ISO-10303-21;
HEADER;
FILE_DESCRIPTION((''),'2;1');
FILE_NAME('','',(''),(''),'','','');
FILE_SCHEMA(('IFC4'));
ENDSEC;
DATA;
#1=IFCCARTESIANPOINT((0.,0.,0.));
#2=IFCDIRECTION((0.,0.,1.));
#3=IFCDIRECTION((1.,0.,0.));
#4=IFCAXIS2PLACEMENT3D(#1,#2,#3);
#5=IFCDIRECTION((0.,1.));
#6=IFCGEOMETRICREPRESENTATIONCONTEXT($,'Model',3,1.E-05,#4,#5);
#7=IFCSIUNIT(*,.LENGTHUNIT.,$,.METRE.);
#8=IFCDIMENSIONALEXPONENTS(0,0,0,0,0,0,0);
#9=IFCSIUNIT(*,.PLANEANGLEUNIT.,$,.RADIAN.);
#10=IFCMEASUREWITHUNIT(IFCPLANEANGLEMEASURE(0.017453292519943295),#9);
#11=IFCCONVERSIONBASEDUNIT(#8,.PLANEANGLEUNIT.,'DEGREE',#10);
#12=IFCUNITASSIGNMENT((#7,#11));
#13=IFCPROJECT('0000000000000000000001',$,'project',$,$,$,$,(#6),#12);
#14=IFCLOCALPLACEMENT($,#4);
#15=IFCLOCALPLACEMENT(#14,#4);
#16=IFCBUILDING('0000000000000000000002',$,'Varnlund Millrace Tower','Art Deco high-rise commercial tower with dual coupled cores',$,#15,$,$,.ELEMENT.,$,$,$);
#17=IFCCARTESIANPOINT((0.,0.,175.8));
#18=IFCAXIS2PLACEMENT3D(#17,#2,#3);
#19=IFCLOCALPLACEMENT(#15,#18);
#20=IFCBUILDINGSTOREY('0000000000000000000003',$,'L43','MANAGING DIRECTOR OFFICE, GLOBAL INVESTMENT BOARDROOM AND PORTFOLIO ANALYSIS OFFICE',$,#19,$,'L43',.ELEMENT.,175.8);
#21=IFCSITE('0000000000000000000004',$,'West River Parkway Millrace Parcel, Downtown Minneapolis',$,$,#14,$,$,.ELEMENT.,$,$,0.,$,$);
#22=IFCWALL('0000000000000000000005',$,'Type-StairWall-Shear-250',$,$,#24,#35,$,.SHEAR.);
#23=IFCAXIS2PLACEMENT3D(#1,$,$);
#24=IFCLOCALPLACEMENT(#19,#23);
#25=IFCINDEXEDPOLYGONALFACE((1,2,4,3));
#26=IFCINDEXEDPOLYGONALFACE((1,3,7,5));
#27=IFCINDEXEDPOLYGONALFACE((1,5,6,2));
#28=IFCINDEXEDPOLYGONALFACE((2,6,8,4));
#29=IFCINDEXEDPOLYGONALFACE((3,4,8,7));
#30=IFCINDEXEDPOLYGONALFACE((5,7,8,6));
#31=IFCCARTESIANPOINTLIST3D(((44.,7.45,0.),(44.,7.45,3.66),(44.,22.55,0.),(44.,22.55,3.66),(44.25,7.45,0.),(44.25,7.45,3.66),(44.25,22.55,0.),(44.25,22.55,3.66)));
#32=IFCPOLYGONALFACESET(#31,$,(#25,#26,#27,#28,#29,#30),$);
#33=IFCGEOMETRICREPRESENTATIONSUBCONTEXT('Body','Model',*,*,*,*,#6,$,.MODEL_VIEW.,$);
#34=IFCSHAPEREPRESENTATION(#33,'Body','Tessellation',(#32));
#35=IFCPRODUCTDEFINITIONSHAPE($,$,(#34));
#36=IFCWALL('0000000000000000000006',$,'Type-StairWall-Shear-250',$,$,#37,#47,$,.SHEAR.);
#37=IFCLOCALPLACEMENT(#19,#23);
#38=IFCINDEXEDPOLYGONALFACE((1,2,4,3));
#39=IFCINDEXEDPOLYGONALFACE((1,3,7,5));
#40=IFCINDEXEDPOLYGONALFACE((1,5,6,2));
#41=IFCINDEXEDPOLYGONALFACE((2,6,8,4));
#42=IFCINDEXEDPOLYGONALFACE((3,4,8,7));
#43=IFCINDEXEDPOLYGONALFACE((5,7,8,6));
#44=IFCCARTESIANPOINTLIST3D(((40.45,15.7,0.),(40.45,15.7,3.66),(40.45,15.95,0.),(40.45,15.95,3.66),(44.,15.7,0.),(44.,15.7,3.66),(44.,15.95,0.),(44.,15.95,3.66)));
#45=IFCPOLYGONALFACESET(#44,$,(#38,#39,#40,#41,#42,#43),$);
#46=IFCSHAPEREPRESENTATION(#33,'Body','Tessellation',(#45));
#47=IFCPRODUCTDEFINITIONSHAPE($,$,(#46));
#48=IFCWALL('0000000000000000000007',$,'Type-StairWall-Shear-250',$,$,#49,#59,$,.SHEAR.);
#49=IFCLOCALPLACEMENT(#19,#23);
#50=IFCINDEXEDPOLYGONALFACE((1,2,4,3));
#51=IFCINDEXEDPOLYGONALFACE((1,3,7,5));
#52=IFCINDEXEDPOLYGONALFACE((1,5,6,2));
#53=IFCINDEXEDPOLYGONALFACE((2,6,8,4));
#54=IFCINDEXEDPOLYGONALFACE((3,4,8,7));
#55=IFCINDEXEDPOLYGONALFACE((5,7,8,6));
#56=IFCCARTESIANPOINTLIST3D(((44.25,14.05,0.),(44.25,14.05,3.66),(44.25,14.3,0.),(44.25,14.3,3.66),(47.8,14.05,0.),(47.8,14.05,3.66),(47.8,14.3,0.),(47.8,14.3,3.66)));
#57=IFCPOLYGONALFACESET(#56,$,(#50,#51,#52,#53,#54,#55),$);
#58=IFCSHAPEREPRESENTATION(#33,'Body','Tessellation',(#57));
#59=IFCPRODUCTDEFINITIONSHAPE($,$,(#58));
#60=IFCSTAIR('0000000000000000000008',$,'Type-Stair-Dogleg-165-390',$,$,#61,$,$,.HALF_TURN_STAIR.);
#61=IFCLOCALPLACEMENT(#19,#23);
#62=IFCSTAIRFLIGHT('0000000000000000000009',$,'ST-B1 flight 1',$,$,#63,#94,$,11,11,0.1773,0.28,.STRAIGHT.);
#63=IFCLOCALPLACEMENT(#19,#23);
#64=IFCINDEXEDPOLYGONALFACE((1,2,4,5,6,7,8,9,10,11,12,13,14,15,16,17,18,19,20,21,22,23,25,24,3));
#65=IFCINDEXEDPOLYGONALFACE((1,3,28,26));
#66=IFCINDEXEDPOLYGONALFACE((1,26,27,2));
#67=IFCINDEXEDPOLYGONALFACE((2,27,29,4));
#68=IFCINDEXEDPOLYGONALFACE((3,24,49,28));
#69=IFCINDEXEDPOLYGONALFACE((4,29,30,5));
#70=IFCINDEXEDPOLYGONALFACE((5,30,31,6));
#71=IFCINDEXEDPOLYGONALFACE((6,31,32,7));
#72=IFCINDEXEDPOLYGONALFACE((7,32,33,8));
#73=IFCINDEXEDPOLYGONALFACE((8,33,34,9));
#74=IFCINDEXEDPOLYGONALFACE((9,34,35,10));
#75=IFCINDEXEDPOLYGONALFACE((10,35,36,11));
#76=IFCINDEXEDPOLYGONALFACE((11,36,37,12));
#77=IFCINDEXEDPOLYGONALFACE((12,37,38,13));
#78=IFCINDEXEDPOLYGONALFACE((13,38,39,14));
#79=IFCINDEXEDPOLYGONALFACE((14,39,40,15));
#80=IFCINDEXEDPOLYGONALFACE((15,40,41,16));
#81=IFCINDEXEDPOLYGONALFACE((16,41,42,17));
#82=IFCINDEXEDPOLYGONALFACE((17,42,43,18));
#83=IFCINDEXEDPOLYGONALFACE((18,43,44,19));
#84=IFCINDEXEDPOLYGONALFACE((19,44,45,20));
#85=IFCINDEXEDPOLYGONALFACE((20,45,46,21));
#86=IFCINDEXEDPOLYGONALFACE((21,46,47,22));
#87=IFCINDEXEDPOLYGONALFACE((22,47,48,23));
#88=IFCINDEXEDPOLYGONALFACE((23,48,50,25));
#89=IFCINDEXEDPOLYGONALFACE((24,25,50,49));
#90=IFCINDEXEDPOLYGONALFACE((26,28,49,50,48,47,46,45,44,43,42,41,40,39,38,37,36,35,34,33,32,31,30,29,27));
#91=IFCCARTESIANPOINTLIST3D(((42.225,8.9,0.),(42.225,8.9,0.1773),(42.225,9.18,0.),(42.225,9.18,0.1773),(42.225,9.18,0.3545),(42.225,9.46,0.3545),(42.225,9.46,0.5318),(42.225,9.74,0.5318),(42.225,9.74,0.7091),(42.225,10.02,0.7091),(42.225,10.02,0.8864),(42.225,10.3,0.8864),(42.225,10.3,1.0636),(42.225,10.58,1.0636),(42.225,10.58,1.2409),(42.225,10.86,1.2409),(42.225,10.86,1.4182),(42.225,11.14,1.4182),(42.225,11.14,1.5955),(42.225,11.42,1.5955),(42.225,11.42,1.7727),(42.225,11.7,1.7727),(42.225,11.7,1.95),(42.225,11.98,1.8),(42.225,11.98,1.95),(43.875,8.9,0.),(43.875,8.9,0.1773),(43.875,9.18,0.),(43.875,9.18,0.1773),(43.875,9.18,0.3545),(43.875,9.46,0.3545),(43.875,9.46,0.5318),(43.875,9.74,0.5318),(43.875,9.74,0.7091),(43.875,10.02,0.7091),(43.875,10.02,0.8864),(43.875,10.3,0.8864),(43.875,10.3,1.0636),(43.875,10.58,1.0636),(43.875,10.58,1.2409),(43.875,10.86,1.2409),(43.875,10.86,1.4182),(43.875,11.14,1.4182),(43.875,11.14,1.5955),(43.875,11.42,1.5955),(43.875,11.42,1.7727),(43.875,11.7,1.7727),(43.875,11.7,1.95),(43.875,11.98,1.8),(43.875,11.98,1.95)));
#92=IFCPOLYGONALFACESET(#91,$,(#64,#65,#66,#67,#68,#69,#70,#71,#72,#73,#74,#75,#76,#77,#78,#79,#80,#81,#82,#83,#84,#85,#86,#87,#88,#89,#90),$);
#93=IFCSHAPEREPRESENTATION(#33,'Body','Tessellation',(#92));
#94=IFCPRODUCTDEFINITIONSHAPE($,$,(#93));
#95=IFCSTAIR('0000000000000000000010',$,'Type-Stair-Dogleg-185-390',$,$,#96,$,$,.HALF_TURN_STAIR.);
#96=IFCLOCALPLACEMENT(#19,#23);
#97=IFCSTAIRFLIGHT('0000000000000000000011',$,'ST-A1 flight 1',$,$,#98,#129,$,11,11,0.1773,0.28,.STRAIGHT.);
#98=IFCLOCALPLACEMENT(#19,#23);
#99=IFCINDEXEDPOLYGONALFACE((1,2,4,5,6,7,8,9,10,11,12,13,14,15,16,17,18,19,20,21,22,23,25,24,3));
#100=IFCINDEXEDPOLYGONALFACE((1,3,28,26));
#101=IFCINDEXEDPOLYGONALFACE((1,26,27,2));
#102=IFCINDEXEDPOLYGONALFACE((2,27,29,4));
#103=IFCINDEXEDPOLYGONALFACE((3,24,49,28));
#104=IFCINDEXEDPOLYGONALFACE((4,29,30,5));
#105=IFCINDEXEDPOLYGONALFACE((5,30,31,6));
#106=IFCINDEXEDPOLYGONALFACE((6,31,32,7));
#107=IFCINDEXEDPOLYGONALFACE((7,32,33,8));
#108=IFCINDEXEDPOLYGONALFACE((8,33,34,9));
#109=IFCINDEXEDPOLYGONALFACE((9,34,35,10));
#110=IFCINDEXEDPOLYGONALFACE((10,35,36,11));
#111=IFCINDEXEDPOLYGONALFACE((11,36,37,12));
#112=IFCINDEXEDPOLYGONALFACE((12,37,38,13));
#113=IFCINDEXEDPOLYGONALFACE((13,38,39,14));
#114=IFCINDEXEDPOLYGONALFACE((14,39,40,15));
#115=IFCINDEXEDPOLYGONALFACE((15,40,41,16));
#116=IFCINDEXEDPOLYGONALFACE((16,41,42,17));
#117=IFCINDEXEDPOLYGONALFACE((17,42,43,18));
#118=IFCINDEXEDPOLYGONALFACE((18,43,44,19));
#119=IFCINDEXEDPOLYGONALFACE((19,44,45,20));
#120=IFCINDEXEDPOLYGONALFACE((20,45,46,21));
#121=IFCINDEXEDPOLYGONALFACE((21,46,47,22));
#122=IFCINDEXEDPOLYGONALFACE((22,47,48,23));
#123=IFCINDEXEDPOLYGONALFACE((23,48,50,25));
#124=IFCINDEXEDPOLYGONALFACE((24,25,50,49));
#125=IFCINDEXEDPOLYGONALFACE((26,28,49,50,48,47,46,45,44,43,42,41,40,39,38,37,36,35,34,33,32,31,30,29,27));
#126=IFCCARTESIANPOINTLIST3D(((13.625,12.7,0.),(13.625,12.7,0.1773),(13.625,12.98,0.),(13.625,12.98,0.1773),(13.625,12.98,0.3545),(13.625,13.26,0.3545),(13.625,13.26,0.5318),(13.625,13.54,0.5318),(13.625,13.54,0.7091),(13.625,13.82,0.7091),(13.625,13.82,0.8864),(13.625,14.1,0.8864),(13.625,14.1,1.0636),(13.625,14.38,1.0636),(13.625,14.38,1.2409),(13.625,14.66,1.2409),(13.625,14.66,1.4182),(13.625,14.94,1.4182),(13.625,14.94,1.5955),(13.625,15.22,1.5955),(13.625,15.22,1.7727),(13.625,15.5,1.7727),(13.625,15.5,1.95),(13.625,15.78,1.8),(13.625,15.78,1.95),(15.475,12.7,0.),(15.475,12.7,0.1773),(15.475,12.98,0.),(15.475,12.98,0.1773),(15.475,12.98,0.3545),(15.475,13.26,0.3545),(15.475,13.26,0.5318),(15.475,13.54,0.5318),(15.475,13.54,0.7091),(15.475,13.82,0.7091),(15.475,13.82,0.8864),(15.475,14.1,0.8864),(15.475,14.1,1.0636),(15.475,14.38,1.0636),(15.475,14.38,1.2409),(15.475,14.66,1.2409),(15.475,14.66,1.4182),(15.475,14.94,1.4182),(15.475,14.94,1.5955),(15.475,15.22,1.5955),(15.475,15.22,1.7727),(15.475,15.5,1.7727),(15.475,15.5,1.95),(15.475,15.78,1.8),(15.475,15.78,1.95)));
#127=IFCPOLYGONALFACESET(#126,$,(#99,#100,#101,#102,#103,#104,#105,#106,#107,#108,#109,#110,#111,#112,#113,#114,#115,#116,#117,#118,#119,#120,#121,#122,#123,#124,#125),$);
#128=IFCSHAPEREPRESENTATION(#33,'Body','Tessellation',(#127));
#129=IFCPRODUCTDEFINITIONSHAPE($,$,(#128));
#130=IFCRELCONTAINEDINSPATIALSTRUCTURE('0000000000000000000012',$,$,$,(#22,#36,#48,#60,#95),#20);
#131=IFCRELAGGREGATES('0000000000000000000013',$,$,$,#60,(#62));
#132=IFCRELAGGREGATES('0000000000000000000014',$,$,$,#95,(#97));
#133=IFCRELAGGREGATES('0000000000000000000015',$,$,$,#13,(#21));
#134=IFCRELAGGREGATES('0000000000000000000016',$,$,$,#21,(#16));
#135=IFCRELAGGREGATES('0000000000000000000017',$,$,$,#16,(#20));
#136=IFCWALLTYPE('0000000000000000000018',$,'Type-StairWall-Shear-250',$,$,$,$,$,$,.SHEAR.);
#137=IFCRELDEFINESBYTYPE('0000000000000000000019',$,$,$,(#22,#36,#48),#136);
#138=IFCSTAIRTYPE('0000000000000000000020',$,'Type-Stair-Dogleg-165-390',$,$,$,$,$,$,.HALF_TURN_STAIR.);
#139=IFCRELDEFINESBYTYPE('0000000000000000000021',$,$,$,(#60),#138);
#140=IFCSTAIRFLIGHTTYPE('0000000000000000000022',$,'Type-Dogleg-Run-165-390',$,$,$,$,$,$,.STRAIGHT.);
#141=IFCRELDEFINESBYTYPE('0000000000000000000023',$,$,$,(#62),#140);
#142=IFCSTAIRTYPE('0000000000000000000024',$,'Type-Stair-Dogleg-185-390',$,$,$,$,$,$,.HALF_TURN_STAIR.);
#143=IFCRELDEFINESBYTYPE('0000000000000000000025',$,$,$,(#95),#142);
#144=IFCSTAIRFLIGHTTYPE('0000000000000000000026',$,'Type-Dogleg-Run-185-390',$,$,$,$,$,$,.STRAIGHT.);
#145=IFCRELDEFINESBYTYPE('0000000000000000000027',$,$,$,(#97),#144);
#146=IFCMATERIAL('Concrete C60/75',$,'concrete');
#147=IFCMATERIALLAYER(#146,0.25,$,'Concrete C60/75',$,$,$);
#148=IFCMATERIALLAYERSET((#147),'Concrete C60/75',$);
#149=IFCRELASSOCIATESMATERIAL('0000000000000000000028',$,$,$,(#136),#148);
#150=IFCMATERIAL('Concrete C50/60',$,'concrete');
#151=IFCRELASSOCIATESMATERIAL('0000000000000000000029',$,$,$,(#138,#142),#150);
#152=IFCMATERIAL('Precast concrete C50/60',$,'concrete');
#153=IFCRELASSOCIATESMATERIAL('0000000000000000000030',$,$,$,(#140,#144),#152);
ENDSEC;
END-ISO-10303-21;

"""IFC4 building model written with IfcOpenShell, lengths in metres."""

from ifc_helpers import new_model, entity, si_unit, converted_unit, direction, frame, origin_with_axes, place, context, subcontext, project, spatial, polyline, outline, extrude, material, layer, layer_set, type_object, element, aggregate, save


model = new_model("IFC4")

# Units and contexts
model_context = context("Model", 3, precision=1e-05, world=origin_with_axes(), true_north=direction((0.0, 1.0)))
body_context = subcontext(model_context, "Body", "Model", "MODEL_VIEW")
ifc_project = project(units=[si_unit("LENGTHUNIT", "METRE"), converted_unit("PLANEANGLEUNIT", "DEGREE", entity("IfcPlaneAngleMeasure", 0.017453292519943295), si_unit("PLANEANGLEUNIT", "RADIAN"), dimensions=[0, 0, 0, 0, 0, 0, 0])], contexts=[model_context])

# Site, building, storey
site_placement = place(None, origin_with_axes())
site = spatial("IfcSite", under=ifc_project, at=site_placement, Name="West River Parkway Millrace Parcel, Downtown Minneapolis", CompositionType="ELEMENT", RefElevation=0.0)
building_placement = place(site_placement, origin_with_axes())
building = spatial("IfcBuilding", under=site, at=building_placement, Name="Varnlund Millrace Tower", Description="Art Deco high-rise commercial tower with dual coupled cores", CompositionType="ELEMENT")
storey_placement = place(building_placement, frame((0.0, 0.0, 175.8), z_axis=(0.0, 0.0, 1.0), x_axis=(1.0, 0.0, 0.0)))
storey = spatial("IfcBuildingStorey", under=building, at=storey_placement, Name="L43", Description="MANAGING DIRECTOR OFFICE, GLOBAL INVESTMENT BOARDROOM AND PORTFOLIO ANALYSIS OFFICE", LongName="L43", CompositionType="ELEMENT", Elevation=175.8)

# Shared definitions
ifc_material_1 = material(Name="Concrete C60/75", Category="concrete")
ifc_layer_1 = layer(ifc_material_1, 0.25, Name="Concrete C60/75")
ifc_layer_set_1 = layer_set([ifc_layer_1], Name="Concrete C60/75")

# Walls
wall_type_1 = type_object("IfcWallType", Name="Type-StairWall-Shear-250", PredefinedType="SHEAR", material=ifc_layer_set_1)
wall_1_placement = place(storey_placement, frame((44.125, 7.45, 0.0), z_axis=(0.0, 0.0, 1.0), x_axis=(0.0, 1.0, 0.0)))
element("IfcWall", 1, at=wall_1_placement, inside=storey, type_object=wall_type_1, Name="Type-StairWall-Shear-250", PredefinedType="SHEAR", context=body_context, shape_type="SweptSolid", body=[
    extrude(outline(polyline([(0.0, -0.125), (15.1, -0.125), (15.1, 0.125), (0.0, 0.125), (0.0, -0.125)])), origin_with_axes(), (0.0, 0.0, 1.0), 3.66),
])
for number, where, z_axis, x_axis, name in (
    (2, (40.45, 15.825, 0.0), (0.0, 0.0, 1.0), (1.0, 0.0, 0.0), "Type-StairWall-Shear-250"),
    (3, (44.25, 14.175, 0.0), (0.0, 0.0, 1.0), (1.0, 0.0, 0.0), "Type-StairWall-Shear-250"),
):
    element("IfcWall", number, at=place(storey_placement, frame(where, z_axis=z_axis, x_axis=x_axis)), inside=storey, type_object=wall_type_1, Name=name, PredefinedType="SHEAR", context=body_context, shape_type="SweptSolid", body=[
        extrude(outline(polyline([(0.0, -0.125), (3.55, -0.125), (3.55, 0.125), (0.0, 0.125), (0.0, -0.125)])), origin_with_axes(), (0.0, 0.0, 1.0), 3.66),
    ])

# Stairs, stair flights
ifc_material_2 = material(Name="Concrete C50/60", Category="concrete")
stair_type_1 = type_object("IfcStairType", Name="Type-Stair-Dogleg-165-390", PredefinedType="HALF_TURN_STAIR", material=ifc_material_2)
stair_1_placement = place(storey_placement, origin_with_axes())
stair_1 = element("IfcStair", 4, at=stair_1_placement, inside=storey, type_object=stair_type_1, Name="Type-Stair-Dogleg-165-390", PredefinedType="HALF_TURN_STAIR")
ifc_material_3 = material(Name="Precast concrete C50/60", Category="concrete")
stair_flight_type_1 = type_object("IfcStairFlightType", Name="Type-Dogleg-Run-165-390", PredefinedType="STRAIGHT", material=ifc_material_3)
stair_flight_1_placement = place(storey_placement, frame((42.225, 8.9, 0.0), z_axis=(1.0, 0.0, 0.0), x_axis=(0.0, 1.0, 0.0)))
stair_flight_1 = element("IfcStairFlight", 5, at=stair_flight_1_placement, type_object=stair_flight_type_1, Name="ST-B1 flight 1", NumberOfRisers=11, NumberOfTreads=11, PredefinedType="STRAIGHT", RiserHeight=0.1773, TreadLength=0.28, context=body_context, shape_type="SweptSolid", body=[
    extrude(outline(polyline([(0.0, 0.0), (0.0, 0.1773), (0.28, 0.1773), (0.28, 0.3545), (0.56, 0.3545), (0.56, 0.5318), (0.84, 0.5318), (0.84, 0.7091), (1.12, 0.7091), (1.12, 0.8864), (1.4, 0.8864), (1.4, 1.0636), (1.68, 1.0636), (1.68, 1.2409), (1.96, 1.2409), (1.96, 1.4182), (2.24, 1.4182), (2.24, 1.5955), (2.52, 1.5955), (2.52, 1.7727), (2.8, 1.7727), (2.8, 1.95), (3.08, 1.95), (3.08, 1.8), (0.28, 0.0), (0.0, 0.0)])), origin_with_axes(), (0.0, 0.0, 1.0), 1.65),
])
aggregate(stair_1, [stair_flight_1])
stair_type_2 = type_object("IfcStairType", Name="Type-Stair-Dogleg-185-390", PredefinedType="HALF_TURN_STAIR", material=ifc_material_2)
stair_2_placement = place(storey_placement, origin_with_axes())
stair_2 = element("IfcStair", 6, at=stair_2_placement, inside=storey, type_object=stair_type_2, Name="Type-Stair-Dogleg-185-390", PredefinedType="HALF_TURN_STAIR")
stair_flight_type_2 = type_object("IfcStairFlightType", Name="Type-Dogleg-Run-185-390", PredefinedType="STRAIGHT", material=ifc_material_3)
stair_flight_2_placement = place(storey_placement, frame((13.625, 12.7, 0.0), z_axis=(1.0, 0.0, 0.0), x_axis=(0.0, 1.0, 0.0)))
stair_flight_2 = element("IfcStairFlight", 7, at=stair_flight_2_placement, type_object=stair_flight_type_2, Name="ST-A1 flight 1", NumberOfRisers=11, NumberOfTreads=11, PredefinedType="STRAIGHT", RiserHeight=0.1773, TreadLength=0.28, context=body_context, shape_type="SweptSolid", body=[
    extrude(outline(polyline([(0.0, 0.0), (0.0, 0.1773), (0.28, 0.1773), (0.28, 0.3545), (0.56, 0.3545), (0.56, 0.5318), (0.84, 0.5318), (0.84, 0.7091), (1.12, 0.7091), (1.12, 0.8864), (1.4, 0.8864), (1.4, 1.0636), (1.68, 1.0636), (1.68, 1.2409), (1.96, 1.2409), (1.96, 1.4182), (2.24, 1.4182), (2.24, 1.5955), (2.52, 1.5955), (2.52, 1.7727), (2.8, 1.7727), (2.8, 1.95), (3.08, 1.95), (3.08, 1.8), (0.28, 0.0), (0.0, 0.0)])), origin_with_axes(), (0.0, 0.0, 1.0), 1.85),
])
aggregate(stair_2, [stair_flight_2])

save(model, "model.ifc")
